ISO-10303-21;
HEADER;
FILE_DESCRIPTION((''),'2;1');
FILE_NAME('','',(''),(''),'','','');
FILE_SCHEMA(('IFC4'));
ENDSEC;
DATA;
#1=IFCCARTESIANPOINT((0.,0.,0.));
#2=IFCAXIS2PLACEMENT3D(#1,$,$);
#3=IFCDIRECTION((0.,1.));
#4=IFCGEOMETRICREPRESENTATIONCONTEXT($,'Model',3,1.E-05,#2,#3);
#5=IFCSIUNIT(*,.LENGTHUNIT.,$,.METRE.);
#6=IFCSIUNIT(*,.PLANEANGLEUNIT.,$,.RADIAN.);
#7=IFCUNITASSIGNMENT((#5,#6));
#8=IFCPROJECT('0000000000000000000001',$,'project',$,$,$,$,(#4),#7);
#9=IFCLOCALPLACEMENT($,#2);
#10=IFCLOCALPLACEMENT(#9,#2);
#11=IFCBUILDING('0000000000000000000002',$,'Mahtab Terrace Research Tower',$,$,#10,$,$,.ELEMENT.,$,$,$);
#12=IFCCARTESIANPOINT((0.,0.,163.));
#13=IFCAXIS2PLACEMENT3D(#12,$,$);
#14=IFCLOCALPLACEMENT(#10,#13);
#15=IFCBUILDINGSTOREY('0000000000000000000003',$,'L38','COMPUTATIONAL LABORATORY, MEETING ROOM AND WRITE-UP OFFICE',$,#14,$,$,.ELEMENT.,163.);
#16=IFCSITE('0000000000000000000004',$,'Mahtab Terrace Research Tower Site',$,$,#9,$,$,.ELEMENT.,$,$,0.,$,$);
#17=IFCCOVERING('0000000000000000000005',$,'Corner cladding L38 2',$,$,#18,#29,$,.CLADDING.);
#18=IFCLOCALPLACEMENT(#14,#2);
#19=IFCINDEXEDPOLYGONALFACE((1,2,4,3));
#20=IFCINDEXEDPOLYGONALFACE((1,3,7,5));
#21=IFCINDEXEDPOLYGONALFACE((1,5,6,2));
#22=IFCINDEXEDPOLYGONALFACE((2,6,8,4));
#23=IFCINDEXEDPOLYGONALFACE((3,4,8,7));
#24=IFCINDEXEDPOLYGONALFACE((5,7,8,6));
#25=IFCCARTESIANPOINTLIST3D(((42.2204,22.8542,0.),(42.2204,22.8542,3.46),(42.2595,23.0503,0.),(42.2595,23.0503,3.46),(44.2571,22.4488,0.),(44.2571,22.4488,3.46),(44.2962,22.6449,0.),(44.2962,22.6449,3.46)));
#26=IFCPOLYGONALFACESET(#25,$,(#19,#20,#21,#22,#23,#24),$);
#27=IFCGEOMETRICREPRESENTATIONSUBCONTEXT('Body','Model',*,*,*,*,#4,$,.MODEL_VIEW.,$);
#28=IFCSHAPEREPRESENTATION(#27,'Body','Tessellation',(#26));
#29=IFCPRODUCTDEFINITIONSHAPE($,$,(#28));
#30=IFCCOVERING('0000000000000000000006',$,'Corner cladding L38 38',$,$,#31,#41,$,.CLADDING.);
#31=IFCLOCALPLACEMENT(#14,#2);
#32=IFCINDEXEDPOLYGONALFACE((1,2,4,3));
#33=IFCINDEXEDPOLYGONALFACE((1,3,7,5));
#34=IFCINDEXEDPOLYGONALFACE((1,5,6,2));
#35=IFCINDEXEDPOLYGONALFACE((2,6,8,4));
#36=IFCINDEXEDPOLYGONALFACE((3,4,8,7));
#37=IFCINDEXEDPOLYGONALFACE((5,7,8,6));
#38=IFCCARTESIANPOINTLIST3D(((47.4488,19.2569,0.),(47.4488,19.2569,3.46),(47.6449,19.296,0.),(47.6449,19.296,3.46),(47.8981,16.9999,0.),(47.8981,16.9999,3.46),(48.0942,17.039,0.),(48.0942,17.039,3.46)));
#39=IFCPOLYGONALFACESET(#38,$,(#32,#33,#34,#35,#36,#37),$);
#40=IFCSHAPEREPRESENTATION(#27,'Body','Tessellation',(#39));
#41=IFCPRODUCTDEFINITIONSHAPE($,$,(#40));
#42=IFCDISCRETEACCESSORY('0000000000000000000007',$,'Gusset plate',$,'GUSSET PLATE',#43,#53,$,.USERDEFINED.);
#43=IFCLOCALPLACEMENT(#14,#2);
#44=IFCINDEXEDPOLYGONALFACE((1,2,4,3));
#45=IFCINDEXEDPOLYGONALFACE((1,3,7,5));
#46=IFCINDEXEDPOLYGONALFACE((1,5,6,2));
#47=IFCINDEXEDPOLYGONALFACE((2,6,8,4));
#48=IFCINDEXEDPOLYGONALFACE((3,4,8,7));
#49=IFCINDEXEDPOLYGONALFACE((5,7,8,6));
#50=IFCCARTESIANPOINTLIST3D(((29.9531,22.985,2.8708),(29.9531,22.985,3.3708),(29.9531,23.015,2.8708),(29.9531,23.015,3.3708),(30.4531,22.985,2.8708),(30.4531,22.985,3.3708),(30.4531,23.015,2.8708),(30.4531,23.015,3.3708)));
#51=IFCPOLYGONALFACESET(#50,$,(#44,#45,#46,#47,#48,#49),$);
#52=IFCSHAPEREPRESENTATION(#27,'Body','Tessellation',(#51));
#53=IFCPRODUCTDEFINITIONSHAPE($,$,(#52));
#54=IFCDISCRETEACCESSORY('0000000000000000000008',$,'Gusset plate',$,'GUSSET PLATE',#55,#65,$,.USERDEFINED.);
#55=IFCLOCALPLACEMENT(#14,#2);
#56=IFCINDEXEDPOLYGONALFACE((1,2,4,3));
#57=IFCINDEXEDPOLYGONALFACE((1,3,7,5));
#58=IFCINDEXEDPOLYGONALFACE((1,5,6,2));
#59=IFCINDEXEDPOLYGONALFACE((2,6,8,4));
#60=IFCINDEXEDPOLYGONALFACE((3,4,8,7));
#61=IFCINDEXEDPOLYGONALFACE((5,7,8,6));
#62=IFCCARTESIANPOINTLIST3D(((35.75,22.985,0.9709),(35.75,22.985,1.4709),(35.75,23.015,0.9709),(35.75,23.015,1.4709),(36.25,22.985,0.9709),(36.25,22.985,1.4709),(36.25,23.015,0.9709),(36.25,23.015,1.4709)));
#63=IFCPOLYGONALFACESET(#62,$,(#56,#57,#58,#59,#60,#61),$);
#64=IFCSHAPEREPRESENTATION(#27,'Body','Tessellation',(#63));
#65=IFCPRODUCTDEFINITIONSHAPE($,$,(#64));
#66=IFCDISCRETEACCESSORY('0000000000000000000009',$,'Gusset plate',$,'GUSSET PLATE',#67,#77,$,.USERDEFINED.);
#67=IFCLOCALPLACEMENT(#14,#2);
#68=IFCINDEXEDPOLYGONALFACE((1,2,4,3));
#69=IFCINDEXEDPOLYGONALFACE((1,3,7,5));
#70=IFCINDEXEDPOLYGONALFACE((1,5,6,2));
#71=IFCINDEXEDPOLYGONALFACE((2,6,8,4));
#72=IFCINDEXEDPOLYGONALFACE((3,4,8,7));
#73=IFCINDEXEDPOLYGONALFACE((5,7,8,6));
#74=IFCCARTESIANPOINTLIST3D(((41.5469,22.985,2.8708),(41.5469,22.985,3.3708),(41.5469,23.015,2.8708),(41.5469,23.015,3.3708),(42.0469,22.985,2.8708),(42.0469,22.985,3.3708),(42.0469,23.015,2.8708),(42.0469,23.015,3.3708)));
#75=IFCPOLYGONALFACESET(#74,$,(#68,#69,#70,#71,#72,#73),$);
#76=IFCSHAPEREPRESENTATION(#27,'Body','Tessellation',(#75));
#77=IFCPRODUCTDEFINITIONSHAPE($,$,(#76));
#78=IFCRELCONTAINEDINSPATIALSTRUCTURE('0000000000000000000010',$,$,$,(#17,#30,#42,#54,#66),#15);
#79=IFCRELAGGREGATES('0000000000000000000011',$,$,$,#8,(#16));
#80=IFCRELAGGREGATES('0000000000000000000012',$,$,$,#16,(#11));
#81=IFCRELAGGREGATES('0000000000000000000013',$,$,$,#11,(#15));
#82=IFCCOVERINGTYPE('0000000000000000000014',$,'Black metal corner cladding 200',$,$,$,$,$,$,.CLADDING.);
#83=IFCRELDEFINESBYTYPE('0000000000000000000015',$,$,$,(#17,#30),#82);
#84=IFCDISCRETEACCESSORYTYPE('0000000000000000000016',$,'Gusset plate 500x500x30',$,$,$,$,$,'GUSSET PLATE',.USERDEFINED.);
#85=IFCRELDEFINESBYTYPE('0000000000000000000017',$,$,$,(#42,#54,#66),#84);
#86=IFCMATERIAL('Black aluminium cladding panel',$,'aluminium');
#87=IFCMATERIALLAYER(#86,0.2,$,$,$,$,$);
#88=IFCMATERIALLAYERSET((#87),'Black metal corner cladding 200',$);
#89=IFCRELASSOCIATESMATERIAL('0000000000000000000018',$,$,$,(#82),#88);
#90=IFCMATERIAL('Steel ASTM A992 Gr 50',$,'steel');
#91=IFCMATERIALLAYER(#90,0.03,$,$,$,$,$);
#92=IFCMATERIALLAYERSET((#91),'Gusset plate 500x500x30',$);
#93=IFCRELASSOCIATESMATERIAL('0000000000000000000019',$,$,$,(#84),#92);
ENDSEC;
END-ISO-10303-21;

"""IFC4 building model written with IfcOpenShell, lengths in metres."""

from ifc_helpers import new_model, si_unit, direction, frame, origin, origin_2d, place, context, subcontext, project, spatial, rectangle, extrude, material, layer, layer_set, type_object, element, save


model = new_model("IFC4")

# Units and contexts
model_context = context("Model", 3, precision=1e-05, world=origin(), true_north=direction((0.0, 1.0)))
body_context = subcontext(model_context, "Body", "Model", "MODEL_VIEW")
ifc_project = project(units=[si_unit("LENGTHUNIT", "METRE"), si_unit("PLANEANGLEUNIT", "RADIAN")], contexts=[model_context])

# Site, building, storey
site_placement = place(None, origin())
site = spatial("IfcSite", under=ifc_project, at=site_placement, Name="Mahtab Terrace Research Tower Site", CompositionType="ELEMENT", RefElevation=0.0)
building_placement = place(site_placement, origin())
building = spatial("IfcBuilding", under=site, at=building_placement, Name="Mahtab Terrace Research Tower", CompositionType="ELEMENT")
storey_placement = place(building_placement, frame((0.0, 0.0, 163.0)))
storey = spatial("IfcBuildingStorey", under=building, at=storey_placement, Name="L38", Description="COMPUTATIONAL LABORATORY, MEETING ROOM AND WRITE-UP OFFICE", CompositionType="ELEMENT", Elevation=163.0)

# Shared definitions
ifc_material_1 = material(Name="Steel ASTM A992 Gr 50", Category="steel")

# Shared definitions
ifc_material_2 = material(Name="Black aluminium cladding panel", Category="aluminium")

# Coverings
ifc_layer_1 = layer(ifc_material_2, 0.2)
ifc_layer_set_1 = layer_set([ifc_layer_1], Name="Black metal corner cladding 200")
covering_type = type_object("IfcCoveringType", Name="Black metal corner cladding 200", PredefinedType="CLADDING", material=ifc_layer_set_1)
covering_1_placement = place(storey_placement, frame((43.2583, 22.7495, 0.0), z_axis=(0.0, 0.0, 1.0), x_axis=(-0.980761, 0.195212, 0.0)))
element("IfcCovering", 1, at=covering_1_placement, inside=storey, type_object=covering_type, Name="Corner cladding L38 2", PredefinedType="CLADDING", context=body_context, shape_type="SweptSolid", body=[
    extrude(rectangle(XDim=2.0767, YDim=0.2, at=origin_2d()), origin(), (0.0, 0.0, 1.0), 3.46),
])
covering_2_placement = place(storey_placement, frame((47.7715, 18.1479, 0.0), z_axis=(0.0, 0.0, 1.0), x_axis=(-0.195212, 0.980761, 0.0)))
element("IfcCovering", 2, at=covering_2_placement, inside=storey, type_object=covering_type, Name="Corner cladding L38 38", PredefinedType="CLADDING", context=body_context, shape_type="SweptSolid", body=[
    extrude(rectangle(XDim=2.3013, YDim=0.2, at=origin_2d()), origin(), (0.0, 0.0, 1.0), 3.46),
])

# Discrete accessories
ifc_layer_2 = layer(ifc_material_1, 0.03)
ifc_layer_set_2 = layer_set([ifc_layer_2], Name="Gusset plate 500x500x30")
discrete_accessory_type = type_object("IfcDiscreteAccessoryType", Name="Gusset plate 500x500x30", ElementType="GUSSET PLATE", PredefinedType="USERDEFINED", material=ifc_layer_set_2)
for number, where, z_axis, x_axis, name in (
    (3, (30.2031, 23.0, 2.8708), (0.0, 0.0, 1.0), (1.0, 0.0, 0.0), "Gusset plate"),
    (4, (36.0, 23.0, 0.9709), (0.0, 0.0, 1.0), (1.0, 0.0, 0.0), "Gusset plate"),
    (5, (41.7969, 23.0, 2.8708), (0.0, 0.0, 1.0), (1.0, 0.0, 0.0), "Gusset plate"),
):
    element("IfcDiscreteAccessory", number, at=place(storey_placement, frame(where, z_axis=z_axis, x_axis=x_axis)), inside=storey, type_object=discrete_accessory_type, Name=name, ObjectType="GUSSET PLATE", PredefinedType="USERDEFINED", context=body_context, shape_type="SweptSolid", body=[
        extrude(rectangle(XDim=0.5, YDim=0.03, at=origin_2d()), origin(), (0.0, 0.0, 1.0), 0.5),
    ])

save(model, "model.ifc")
